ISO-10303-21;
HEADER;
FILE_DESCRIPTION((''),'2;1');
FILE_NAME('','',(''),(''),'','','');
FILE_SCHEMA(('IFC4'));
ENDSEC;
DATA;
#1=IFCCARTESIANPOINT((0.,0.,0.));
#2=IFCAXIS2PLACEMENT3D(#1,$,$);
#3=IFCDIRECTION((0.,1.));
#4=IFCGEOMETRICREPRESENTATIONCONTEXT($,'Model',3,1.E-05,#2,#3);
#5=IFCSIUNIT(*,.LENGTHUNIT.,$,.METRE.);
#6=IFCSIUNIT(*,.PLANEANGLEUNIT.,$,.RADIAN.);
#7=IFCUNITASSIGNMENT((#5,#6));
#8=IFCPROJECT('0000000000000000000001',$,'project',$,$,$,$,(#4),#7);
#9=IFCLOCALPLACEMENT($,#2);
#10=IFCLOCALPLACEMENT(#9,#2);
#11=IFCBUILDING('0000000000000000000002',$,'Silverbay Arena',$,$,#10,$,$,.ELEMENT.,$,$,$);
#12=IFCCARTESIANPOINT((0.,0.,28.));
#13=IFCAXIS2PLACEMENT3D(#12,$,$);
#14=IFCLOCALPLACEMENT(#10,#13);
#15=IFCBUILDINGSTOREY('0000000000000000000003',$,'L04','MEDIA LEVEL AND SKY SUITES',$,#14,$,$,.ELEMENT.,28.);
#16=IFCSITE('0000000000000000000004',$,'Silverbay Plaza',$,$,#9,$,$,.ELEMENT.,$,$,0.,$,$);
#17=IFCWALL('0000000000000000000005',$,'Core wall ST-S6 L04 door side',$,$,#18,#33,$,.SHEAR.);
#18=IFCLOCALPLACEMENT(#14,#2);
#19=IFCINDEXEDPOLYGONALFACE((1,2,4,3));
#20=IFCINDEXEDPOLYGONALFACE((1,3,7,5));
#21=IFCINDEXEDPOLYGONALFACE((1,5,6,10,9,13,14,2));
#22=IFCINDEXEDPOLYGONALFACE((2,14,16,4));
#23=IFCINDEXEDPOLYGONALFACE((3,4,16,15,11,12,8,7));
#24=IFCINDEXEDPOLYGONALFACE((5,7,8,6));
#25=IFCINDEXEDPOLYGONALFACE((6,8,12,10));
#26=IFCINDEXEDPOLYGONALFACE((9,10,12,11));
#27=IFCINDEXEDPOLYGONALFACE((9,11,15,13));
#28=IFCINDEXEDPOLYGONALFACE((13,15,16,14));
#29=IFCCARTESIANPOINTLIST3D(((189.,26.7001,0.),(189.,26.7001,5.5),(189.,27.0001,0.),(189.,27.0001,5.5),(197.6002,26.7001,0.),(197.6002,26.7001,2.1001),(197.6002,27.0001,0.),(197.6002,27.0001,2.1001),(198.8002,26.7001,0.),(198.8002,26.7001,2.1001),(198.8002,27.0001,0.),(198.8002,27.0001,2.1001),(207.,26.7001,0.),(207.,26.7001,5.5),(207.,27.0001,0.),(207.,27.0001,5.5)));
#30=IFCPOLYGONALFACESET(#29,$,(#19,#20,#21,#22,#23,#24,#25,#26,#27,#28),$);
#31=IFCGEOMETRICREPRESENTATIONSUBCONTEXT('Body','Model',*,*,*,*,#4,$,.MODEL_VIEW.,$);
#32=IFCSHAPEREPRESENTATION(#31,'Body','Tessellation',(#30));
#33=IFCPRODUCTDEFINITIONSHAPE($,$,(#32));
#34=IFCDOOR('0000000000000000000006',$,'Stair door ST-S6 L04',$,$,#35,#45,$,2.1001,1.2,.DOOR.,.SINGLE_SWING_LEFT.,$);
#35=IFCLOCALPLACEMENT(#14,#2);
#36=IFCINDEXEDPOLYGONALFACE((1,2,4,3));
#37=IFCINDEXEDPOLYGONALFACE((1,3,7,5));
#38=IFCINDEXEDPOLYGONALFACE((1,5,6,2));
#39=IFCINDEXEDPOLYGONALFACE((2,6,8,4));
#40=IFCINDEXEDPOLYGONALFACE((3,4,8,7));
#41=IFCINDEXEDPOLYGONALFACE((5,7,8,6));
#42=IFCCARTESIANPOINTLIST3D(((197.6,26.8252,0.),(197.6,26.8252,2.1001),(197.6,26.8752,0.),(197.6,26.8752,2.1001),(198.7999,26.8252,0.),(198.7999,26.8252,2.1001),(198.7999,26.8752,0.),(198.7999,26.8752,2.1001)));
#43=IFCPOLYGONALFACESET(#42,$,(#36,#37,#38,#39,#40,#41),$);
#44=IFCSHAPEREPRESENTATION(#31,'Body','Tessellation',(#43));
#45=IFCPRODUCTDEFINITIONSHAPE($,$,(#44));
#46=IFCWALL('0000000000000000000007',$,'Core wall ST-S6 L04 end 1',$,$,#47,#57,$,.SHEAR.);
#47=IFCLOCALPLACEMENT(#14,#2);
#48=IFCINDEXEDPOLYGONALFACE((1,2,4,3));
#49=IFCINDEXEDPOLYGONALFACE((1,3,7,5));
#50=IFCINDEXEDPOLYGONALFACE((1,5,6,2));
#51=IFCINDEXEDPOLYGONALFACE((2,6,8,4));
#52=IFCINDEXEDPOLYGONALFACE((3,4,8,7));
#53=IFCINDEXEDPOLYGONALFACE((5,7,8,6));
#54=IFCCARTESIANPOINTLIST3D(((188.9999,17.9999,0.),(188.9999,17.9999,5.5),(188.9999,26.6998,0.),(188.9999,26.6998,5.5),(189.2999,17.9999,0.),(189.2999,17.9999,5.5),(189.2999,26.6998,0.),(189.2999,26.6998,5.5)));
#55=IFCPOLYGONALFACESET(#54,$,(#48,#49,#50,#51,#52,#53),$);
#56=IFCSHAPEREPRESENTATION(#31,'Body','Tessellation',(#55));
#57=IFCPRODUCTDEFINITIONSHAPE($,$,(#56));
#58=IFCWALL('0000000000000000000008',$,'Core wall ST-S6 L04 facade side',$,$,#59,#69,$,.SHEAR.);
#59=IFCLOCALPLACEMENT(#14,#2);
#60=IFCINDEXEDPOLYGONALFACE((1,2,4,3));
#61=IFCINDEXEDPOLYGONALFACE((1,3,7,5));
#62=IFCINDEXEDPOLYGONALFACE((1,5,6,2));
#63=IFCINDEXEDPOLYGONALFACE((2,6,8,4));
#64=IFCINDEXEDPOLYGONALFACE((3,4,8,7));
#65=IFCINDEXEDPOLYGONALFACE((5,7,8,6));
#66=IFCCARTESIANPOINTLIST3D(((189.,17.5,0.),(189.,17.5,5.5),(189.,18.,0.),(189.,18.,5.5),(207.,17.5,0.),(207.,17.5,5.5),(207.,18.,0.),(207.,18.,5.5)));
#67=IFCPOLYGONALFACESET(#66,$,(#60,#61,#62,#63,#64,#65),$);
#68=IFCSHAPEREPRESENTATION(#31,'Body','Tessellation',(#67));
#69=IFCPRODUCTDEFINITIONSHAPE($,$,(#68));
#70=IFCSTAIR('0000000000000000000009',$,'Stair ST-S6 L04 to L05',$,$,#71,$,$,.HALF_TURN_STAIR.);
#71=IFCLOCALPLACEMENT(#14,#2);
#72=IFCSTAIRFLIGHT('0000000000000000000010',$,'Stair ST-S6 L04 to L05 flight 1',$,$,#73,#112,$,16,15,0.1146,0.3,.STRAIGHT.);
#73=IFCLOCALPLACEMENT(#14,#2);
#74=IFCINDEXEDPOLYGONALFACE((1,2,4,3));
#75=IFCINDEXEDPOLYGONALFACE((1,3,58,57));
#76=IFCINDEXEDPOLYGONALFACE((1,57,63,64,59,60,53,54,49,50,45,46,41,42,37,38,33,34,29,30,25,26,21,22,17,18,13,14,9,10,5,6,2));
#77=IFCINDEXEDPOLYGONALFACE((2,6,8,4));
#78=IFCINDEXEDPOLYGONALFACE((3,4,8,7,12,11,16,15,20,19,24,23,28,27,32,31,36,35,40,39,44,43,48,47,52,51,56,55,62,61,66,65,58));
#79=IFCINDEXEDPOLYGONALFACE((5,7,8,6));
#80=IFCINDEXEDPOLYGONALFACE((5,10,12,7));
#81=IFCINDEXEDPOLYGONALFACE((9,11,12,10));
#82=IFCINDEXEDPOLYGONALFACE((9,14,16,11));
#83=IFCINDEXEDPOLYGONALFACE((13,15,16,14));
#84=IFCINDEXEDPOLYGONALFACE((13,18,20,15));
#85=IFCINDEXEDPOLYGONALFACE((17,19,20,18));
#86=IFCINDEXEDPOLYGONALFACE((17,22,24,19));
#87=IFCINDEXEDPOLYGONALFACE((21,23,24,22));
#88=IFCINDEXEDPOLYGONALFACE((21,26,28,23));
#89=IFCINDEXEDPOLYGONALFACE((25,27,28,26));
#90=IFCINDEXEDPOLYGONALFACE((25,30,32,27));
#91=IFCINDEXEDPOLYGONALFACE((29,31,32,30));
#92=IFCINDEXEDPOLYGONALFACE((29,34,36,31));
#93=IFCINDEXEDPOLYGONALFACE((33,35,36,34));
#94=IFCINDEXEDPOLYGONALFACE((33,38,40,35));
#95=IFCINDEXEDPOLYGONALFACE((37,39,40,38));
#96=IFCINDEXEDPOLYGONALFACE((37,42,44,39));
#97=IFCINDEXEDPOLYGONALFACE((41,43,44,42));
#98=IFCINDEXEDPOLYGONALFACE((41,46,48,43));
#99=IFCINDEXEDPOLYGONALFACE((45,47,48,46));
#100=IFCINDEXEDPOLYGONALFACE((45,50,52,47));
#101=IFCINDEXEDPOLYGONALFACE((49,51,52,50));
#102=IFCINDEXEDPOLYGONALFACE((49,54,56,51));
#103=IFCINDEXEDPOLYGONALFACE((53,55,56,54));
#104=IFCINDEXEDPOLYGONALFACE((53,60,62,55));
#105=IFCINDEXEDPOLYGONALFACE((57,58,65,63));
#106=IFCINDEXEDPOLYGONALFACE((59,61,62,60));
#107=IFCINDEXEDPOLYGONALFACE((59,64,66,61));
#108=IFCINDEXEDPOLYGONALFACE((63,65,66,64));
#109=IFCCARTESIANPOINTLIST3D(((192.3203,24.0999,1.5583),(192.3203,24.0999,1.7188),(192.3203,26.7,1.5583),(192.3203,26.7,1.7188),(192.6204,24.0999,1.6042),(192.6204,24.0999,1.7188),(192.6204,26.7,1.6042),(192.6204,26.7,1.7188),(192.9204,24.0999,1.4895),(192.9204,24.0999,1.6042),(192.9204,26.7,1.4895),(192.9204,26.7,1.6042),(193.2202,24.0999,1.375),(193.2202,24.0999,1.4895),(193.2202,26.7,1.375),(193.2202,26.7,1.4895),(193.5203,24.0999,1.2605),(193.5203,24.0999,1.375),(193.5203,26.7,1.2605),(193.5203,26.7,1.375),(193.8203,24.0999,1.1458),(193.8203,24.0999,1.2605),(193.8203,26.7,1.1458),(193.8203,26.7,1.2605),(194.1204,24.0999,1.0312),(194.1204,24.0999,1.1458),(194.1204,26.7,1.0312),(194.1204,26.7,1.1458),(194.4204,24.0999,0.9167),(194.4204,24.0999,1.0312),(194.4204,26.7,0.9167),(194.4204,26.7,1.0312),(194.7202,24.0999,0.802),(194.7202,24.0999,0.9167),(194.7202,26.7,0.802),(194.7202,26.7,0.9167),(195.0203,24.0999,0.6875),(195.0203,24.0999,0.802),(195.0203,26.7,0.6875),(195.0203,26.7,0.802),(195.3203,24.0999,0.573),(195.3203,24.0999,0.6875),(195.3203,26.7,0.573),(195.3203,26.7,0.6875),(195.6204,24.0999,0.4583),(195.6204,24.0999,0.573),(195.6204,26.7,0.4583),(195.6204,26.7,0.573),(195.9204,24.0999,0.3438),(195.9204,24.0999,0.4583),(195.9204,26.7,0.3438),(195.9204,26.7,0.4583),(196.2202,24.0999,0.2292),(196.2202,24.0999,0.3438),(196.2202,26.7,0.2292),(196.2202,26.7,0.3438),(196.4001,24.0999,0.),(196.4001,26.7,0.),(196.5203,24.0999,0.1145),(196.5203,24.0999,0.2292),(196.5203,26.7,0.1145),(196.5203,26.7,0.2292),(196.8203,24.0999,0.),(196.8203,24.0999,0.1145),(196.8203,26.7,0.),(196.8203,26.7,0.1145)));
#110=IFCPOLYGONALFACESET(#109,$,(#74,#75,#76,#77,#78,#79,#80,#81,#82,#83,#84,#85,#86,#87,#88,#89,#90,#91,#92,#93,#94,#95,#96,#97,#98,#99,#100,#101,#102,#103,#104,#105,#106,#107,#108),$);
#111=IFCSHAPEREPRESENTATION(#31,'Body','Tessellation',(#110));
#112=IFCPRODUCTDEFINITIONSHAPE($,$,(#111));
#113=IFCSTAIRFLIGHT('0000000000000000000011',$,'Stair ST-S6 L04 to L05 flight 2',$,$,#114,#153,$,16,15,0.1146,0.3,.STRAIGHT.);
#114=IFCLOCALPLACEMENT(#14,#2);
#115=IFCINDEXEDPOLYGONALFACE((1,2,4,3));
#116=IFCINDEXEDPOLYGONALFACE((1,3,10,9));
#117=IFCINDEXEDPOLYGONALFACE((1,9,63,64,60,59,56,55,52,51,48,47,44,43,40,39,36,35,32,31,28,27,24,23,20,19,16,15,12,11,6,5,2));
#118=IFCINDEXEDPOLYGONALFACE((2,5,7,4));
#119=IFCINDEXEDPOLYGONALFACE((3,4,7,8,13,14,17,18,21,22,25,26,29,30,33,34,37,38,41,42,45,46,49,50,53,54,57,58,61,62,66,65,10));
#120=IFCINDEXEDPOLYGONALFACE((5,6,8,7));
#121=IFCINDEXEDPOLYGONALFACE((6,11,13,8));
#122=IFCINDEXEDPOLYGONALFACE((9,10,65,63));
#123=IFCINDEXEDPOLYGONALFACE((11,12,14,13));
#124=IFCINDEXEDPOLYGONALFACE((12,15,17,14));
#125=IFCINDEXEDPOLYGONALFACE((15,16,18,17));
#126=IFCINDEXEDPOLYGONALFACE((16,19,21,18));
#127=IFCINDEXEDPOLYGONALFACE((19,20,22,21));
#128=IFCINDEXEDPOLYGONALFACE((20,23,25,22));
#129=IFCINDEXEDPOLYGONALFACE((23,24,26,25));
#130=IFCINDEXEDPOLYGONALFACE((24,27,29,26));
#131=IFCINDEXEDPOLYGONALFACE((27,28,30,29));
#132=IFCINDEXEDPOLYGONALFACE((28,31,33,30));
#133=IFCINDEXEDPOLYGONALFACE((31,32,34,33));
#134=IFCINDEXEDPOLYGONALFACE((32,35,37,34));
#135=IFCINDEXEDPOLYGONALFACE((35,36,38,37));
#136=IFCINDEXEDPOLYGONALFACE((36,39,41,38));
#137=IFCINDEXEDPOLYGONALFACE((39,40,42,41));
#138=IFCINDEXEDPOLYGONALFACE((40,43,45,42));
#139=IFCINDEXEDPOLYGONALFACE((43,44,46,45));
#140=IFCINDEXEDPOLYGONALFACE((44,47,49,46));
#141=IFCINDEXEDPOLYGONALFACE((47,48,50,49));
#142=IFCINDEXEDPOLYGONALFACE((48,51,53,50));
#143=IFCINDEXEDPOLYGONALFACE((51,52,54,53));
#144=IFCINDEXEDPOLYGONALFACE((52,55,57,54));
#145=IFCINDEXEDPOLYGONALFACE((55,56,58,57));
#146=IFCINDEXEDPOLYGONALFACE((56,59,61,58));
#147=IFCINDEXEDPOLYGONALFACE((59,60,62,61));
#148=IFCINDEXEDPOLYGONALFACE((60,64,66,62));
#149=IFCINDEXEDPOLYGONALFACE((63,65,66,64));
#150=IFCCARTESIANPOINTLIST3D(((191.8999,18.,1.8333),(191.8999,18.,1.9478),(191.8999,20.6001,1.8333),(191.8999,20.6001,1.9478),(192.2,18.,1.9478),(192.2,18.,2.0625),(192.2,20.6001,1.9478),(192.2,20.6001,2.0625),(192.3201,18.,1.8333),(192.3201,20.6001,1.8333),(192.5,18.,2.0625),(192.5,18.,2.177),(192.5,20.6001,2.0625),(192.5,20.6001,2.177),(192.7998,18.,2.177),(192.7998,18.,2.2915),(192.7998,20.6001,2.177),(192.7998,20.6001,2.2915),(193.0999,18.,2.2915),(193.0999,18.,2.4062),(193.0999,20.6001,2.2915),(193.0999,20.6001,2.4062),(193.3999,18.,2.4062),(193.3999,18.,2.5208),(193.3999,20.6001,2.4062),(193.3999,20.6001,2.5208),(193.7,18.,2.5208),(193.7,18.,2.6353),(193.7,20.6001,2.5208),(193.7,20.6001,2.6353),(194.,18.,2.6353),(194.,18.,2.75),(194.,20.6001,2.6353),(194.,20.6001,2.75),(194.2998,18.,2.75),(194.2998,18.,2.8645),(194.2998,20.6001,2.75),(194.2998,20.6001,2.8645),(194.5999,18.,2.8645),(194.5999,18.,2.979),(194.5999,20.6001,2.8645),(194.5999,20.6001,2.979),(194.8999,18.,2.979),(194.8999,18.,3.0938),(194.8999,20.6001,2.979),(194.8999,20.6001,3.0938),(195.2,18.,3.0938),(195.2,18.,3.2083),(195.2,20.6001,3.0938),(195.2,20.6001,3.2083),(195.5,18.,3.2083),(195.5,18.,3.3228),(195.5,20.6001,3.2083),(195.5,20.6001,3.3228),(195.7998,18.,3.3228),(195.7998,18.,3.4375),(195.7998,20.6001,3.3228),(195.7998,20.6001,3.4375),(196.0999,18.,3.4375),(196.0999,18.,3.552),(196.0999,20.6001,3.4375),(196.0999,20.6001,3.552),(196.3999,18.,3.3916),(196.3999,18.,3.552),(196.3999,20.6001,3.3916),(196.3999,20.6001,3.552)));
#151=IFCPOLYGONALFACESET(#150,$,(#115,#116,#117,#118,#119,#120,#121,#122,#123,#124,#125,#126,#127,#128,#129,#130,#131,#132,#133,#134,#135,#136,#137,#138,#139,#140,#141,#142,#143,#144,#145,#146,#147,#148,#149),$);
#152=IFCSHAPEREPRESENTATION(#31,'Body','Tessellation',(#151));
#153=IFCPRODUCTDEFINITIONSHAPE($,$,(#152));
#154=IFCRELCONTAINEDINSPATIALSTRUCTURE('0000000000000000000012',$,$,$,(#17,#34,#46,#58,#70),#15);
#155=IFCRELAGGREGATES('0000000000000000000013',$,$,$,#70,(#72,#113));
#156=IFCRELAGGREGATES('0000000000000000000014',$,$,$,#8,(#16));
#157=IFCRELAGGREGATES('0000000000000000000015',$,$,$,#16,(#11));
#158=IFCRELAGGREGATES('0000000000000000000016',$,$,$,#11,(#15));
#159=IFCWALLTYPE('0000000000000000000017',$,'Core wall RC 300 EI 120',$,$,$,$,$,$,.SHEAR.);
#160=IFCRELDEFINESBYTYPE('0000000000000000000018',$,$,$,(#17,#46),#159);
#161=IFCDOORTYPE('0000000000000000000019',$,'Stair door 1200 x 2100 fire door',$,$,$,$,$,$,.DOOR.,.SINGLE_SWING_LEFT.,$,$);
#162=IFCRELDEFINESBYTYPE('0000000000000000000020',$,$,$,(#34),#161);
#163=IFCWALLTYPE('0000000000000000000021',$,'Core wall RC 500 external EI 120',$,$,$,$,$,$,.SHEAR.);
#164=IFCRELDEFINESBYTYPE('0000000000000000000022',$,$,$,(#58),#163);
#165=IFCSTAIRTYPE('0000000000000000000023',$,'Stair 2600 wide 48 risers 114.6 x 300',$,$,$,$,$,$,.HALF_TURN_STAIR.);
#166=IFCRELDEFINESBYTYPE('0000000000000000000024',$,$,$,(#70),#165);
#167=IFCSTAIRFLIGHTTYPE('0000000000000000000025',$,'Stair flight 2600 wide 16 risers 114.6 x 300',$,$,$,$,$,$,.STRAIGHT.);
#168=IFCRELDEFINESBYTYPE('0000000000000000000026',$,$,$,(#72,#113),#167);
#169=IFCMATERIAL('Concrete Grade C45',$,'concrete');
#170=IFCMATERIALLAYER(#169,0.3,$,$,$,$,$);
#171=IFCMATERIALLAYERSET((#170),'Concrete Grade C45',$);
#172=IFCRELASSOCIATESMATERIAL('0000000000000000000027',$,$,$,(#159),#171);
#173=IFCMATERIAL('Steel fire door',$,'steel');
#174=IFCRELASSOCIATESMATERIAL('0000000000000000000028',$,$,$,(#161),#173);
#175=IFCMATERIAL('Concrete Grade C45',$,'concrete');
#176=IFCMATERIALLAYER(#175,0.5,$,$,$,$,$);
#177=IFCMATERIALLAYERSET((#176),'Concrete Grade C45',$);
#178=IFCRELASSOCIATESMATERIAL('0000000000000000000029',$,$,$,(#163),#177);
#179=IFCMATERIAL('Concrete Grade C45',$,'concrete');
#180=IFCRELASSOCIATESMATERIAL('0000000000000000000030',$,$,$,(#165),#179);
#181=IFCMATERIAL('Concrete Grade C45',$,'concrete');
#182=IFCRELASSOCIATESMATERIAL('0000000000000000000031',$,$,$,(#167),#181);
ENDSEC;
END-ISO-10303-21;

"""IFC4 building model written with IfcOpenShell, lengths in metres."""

from ifc_helpers import new_model, si_unit, direction, frame, frame_2d, origin, place, context, subcontext, project, spatial, polyline, rectangle, outline, extrude, material, layer, layer_set, type_object, element, fill, aggregate, save


model = new_model("IFC4")

# Units and contexts
model_context = context("Model", 3, precision=1e-05, world=origin(), true_north=direction((0.0, 1.0)))
body_context = subcontext(model_context, "Body", "Model", "MODEL_VIEW")
ifc_project = project(units=[si_unit("LENGTHUNIT", "METRE"), si_unit("PLANEANGLEUNIT", "RADIAN")], contexts=[model_context])

# Site, building, storey
site_placement = place(None, origin())
site = spatial("IfcSite", under=ifc_project, at=site_placement, Name="Silverbay Plaza", CompositionType="ELEMENT", RefElevation=0.0)
building_placement = place(site_placement, origin())
building = spatial("IfcBuilding", under=site, at=building_placement, Name="Silverbay Arena", CompositionType="ELEMENT")
storey_placement = place(building_placement, frame((0.0, 0.0, 28.0)))
storey = spatial("IfcBuildingStorey", under=building, at=storey_placement, Name="L04", Description="MEDIA LEVEL AND SKY SUITES", CompositionType="ELEMENT", Elevation=28.0)

# Wall, opening, door
ifc_material_1 = material(Name="Concrete Grade C45", Category="concrete")
ifc_layer_1 = layer(ifc_material_1, 0.3)
ifc_layer_set_1 = layer_set([ifc_layer_1], Name="Concrete Grade C45")
wall_type_1 = type_object("IfcWallType", Name="Core wall RC 300 EI 120", PredefinedType="SHEAR", material=ifc_layer_set_1)
wall_1_placement = place(storey_placement, frame((189.0, 26.8501, 0.0), z_axis=(0.0, 0.0, 1.0), x_axis=(1.0, 0.0, 0.0)))
wall_1 = element("IfcWall", 1, at=wall_1_placement, inside=storey, type_object=wall_type_1, Name="Core wall ST-S6 L04 door side", PredefinedType="SHEAR", context=body_context, shape_type="SweptSolid", body=[
    extrude(rectangle(XDim=18.0, YDim=0.3, at=frame_2d((9.0, 0.0))), origin(), (0.0, 0.0, 1.0), 5.5),
])
opening_placement = place(wall_1_placement, frame((8.6001, 0.0, 0.0)))
opening = element("IfcOpeningElement", 2, at=opening_placement, cuts=wall_1, PredefinedType="OPENING", context=body_context, shape_type="SweptSolid", body=[
    extrude(rectangle(XDim=1.2, YDim=2.1001, at=frame_2d((0.6001, 1.05))), frame((0.0, 0.1602, 0.0), z_axis=(0.0, -1.0, 0.0), x_axis=(1.0, 0.0, 0.0)), (0.0, 0.0, 1.0), 0.3201),
])
ifc_material_2 = material(Name="Steel fire door", Category="steel")
door_type = type_object("IfcDoorType", Name="Stair door 1200 x 2100 fire door", OperationType="SINGLE_SWING_LEFT", PredefinedType="DOOR", material=ifc_material_2)
door_placement = place(opening_placement, frame((1.2, 0.0, 0.0), z_axis=(0.0, 0.0, 1.0), x_axis=(-1.0, 0.0, 0.0)))
door = element("IfcDoor", 3, at=door_placement, inside=storey, type_object=door_type, Name="Stair door ST-S6 L04", OperationType="SINGLE_SWING_LEFT", OverallHeight=2.1001, OverallWidth=1.2, PredefinedType="DOOR", context=body_context, shape_type="SweptSolid", body=[
    extrude(rectangle(XDim=1.2, YDim=2.1001, at=frame_2d((0.6001, 1.05))), frame((0.0, 0.0249, 0.0), z_axis=(0.0, -1.0, 0.0), x_axis=(1.0, 0.0, 0.0)), (0.0, 0.0, 1.0), 0.05),
])
fill(opening, door)

# Walls
wall_2_placement = place(storey_placement, frame((189.1499, 26.7, 0.0), z_axis=(0.0, 0.0, 1.0), x_axis=(0.0, -1.0, 0.0)))
element("IfcWall", 4, at=wall_2_placement, inside=storey, type_object=wall_type_1, Name="Core wall ST-S6 L04 end 1", PredefinedType="SHEAR", context=body_context, shape_type="SweptSolid", body=[
    extrude(rectangle(XDim=8.7, YDim=0.3, at=frame_2d((4.3501, 0.0))), origin(), (0.0, 0.0, 1.0), 5.5),
])
ifc_material_3 = material(Name="Concrete Grade C45", Category="concrete")
ifc_layer_2 = layer(ifc_material_3, 0.5)
ifc_layer_set_2 = layer_set([ifc_layer_2], Name="Concrete Grade C45")
wall_type_2 = type_object("IfcWallType", Name="Core wall RC 500 external EI 120", PredefinedType="SHEAR", material=ifc_layer_set_2)
wall_3_placement = place(storey_placement, frame((189.0, 17.75, 0.0), z_axis=(0.0, 0.0, 1.0), x_axis=(1.0, 0.0, 0.0)))
element("IfcWall", 5, at=wall_3_placement, inside=storey, type_object=wall_type_2, Name="Core wall ST-S6 L04 facade side", PredefinedType="SHEAR", context=body_context, shape_type="SweptSolid", body=[
    extrude(rectangle(XDim=18.0, YDim=0.5, at=frame_2d((9.0, 0.0))), origin(), (0.0, 0.0, 1.0), 5.5),
])

# Stair, stair flights
ifc_material_4 = material(Name="Concrete Grade C45", Category="concrete")
stair_type = type_object("IfcStairType", Name="Stair 2600 wide 48 risers 114.6 x 300", PredefinedType="HALF_TURN_STAIR", material=ifc_material_4)
stair_placement = place(storey_placement, origin())
stair = element("IfcStair", 6, at=stair_placement, inside=storey, type_object=stair_type, Name="Stair ST-S6 L04 to L05", PredefinedType="HALF_TURN_STAIR")
ifc_material_5 = material(Name="Concrete Grade C45", Category="concrete")
stair_flight_type = type_object("IfcStairFlightType", Name="Stair flight 2600 wide 16 risers 114.6 x 300", PredefinedType="STRAIGHT", material=ifc_material_5)
stair_flight_1_placement = place(storey_placement, frame((196.8203, 25.3999, 0.0), z_axis=(0.0, 0.0, 1.0), x_axis=(-1.0, 0.0, 0.0)))
stair_flight_1 = element("IfcStairFlight", 7, at=stair_flight_1_placement, type_object=stair_flight_type, Name="Stair ST-S6 L04 to L05 flight 1", NumberOfRisers=16, NumberOfTreads=15, PredefinedType="STRAIGHT", RiserHeight=0.1146, TreadLength=0.3, context=body_context, shape_type="SweptSolid", body=[
    extrude(outline(polyline([(0.0, 0.0), (0.0, 0.1145), (0.3, 0.1145), (0.3, 0.2292), (0.6001, 0.2292), (0.6001, 0.3438), (0.8999, 0.3438), (0.8999, 0.4583), (1.2, 0.4583), (1.2, 0.573), (1.5, 0.573), (1.5, 0.6875), (1.8, 0.6875), (1.8, 0.802), (2.1001, 0.802), (2.1001, 0.9167), (2.3999, 0.9167), (2.3999, 1.0312), (2.7, 1.0312), (2.7, 1.1458), (3.0, 1.1458), (3.0, 1.2605), (3.3, 1.2605), (3.3, 1.375), (3.6001, 1.375), (3.6001, 1.4895), (3.8999, 1.4895), (3.8999, 1.6042), (4.2, 1.6042), (4.2, 1.7188), (4.5, 1.7188), (4.5, 1.5583), (0.4202, 0.0), (0.0, 0.0)])), frame((0.0, 1.3, 0.0), z_axis=(0.0, -1.0, 0.0), x_axis=(1.0, 0.0, 0.0)), (0.0, 0.0, 1.0), 2.6001),
])
stair_flight_2_placement = place(storey_placement, frame((191.8999, 19.3, 1.8333), z_axis=(0.0, 0.0, 1.0), x_axis=(1.0, 0.0, 0.0)))
stair_flight_2 = element("IfcStairFlight", 8, at=stair_flight_2_placement, type_object=stair_flight_type, Name="Stair ST-S6 L04 to L05 flight 2", NumberOfRisers=16, NumberOfTreads=15, PredefinedType="STRAIGHT", RiserHeight=0.1146, TreadLength=0.3, context=body_context, shape_type="SweptSolid", body=[
    extrude(outline(polyline([(0.0, 0.0), (0.0, 0.1145), (0.3, 0.1145), (0.3, 0.2292), (0.6001, 0.2292), (0.6001, 0.3438), (0.8999, 0.3438), (0.8999, 0.4583), (1.2, 0.4583), (1.2, 0.573), (1.5, 0.573), (1.5, 0.6875), (1.8, 0.6875), (1.8, 0.802), (2.1001, 0.802), (2.1001, 0.9167), (2.3999, 0.9167), (2.3999, 1.0312), (2.7, 1.0312), (2.7, 1.1458), (3.0, 1.1458), (3.0, 1.2605), (3.3, 1.2605), (3.3, 1.375), (3.6001, 1.375), (3.6001, 1.4895), (3.8999, 1.4895), (3.8999, 1.6042), (4.2, 1.6042), (4.2, 1.7188), (4.5, 1.7188), (4.5, 1.5583), (0.4202, 0.0), (0.0, 0.0)])), frame((0.0, 1.3, 0.0), z_axis=(0.0, -1.0, 0.0), x_axis=(1.0, 0.0, 0.0)), (0.0, 0.0, 1.0), 2.6001),
])
aggregate(stair, [stair_flight_1, stair_flight_2])

save(model, "model.ifc")
